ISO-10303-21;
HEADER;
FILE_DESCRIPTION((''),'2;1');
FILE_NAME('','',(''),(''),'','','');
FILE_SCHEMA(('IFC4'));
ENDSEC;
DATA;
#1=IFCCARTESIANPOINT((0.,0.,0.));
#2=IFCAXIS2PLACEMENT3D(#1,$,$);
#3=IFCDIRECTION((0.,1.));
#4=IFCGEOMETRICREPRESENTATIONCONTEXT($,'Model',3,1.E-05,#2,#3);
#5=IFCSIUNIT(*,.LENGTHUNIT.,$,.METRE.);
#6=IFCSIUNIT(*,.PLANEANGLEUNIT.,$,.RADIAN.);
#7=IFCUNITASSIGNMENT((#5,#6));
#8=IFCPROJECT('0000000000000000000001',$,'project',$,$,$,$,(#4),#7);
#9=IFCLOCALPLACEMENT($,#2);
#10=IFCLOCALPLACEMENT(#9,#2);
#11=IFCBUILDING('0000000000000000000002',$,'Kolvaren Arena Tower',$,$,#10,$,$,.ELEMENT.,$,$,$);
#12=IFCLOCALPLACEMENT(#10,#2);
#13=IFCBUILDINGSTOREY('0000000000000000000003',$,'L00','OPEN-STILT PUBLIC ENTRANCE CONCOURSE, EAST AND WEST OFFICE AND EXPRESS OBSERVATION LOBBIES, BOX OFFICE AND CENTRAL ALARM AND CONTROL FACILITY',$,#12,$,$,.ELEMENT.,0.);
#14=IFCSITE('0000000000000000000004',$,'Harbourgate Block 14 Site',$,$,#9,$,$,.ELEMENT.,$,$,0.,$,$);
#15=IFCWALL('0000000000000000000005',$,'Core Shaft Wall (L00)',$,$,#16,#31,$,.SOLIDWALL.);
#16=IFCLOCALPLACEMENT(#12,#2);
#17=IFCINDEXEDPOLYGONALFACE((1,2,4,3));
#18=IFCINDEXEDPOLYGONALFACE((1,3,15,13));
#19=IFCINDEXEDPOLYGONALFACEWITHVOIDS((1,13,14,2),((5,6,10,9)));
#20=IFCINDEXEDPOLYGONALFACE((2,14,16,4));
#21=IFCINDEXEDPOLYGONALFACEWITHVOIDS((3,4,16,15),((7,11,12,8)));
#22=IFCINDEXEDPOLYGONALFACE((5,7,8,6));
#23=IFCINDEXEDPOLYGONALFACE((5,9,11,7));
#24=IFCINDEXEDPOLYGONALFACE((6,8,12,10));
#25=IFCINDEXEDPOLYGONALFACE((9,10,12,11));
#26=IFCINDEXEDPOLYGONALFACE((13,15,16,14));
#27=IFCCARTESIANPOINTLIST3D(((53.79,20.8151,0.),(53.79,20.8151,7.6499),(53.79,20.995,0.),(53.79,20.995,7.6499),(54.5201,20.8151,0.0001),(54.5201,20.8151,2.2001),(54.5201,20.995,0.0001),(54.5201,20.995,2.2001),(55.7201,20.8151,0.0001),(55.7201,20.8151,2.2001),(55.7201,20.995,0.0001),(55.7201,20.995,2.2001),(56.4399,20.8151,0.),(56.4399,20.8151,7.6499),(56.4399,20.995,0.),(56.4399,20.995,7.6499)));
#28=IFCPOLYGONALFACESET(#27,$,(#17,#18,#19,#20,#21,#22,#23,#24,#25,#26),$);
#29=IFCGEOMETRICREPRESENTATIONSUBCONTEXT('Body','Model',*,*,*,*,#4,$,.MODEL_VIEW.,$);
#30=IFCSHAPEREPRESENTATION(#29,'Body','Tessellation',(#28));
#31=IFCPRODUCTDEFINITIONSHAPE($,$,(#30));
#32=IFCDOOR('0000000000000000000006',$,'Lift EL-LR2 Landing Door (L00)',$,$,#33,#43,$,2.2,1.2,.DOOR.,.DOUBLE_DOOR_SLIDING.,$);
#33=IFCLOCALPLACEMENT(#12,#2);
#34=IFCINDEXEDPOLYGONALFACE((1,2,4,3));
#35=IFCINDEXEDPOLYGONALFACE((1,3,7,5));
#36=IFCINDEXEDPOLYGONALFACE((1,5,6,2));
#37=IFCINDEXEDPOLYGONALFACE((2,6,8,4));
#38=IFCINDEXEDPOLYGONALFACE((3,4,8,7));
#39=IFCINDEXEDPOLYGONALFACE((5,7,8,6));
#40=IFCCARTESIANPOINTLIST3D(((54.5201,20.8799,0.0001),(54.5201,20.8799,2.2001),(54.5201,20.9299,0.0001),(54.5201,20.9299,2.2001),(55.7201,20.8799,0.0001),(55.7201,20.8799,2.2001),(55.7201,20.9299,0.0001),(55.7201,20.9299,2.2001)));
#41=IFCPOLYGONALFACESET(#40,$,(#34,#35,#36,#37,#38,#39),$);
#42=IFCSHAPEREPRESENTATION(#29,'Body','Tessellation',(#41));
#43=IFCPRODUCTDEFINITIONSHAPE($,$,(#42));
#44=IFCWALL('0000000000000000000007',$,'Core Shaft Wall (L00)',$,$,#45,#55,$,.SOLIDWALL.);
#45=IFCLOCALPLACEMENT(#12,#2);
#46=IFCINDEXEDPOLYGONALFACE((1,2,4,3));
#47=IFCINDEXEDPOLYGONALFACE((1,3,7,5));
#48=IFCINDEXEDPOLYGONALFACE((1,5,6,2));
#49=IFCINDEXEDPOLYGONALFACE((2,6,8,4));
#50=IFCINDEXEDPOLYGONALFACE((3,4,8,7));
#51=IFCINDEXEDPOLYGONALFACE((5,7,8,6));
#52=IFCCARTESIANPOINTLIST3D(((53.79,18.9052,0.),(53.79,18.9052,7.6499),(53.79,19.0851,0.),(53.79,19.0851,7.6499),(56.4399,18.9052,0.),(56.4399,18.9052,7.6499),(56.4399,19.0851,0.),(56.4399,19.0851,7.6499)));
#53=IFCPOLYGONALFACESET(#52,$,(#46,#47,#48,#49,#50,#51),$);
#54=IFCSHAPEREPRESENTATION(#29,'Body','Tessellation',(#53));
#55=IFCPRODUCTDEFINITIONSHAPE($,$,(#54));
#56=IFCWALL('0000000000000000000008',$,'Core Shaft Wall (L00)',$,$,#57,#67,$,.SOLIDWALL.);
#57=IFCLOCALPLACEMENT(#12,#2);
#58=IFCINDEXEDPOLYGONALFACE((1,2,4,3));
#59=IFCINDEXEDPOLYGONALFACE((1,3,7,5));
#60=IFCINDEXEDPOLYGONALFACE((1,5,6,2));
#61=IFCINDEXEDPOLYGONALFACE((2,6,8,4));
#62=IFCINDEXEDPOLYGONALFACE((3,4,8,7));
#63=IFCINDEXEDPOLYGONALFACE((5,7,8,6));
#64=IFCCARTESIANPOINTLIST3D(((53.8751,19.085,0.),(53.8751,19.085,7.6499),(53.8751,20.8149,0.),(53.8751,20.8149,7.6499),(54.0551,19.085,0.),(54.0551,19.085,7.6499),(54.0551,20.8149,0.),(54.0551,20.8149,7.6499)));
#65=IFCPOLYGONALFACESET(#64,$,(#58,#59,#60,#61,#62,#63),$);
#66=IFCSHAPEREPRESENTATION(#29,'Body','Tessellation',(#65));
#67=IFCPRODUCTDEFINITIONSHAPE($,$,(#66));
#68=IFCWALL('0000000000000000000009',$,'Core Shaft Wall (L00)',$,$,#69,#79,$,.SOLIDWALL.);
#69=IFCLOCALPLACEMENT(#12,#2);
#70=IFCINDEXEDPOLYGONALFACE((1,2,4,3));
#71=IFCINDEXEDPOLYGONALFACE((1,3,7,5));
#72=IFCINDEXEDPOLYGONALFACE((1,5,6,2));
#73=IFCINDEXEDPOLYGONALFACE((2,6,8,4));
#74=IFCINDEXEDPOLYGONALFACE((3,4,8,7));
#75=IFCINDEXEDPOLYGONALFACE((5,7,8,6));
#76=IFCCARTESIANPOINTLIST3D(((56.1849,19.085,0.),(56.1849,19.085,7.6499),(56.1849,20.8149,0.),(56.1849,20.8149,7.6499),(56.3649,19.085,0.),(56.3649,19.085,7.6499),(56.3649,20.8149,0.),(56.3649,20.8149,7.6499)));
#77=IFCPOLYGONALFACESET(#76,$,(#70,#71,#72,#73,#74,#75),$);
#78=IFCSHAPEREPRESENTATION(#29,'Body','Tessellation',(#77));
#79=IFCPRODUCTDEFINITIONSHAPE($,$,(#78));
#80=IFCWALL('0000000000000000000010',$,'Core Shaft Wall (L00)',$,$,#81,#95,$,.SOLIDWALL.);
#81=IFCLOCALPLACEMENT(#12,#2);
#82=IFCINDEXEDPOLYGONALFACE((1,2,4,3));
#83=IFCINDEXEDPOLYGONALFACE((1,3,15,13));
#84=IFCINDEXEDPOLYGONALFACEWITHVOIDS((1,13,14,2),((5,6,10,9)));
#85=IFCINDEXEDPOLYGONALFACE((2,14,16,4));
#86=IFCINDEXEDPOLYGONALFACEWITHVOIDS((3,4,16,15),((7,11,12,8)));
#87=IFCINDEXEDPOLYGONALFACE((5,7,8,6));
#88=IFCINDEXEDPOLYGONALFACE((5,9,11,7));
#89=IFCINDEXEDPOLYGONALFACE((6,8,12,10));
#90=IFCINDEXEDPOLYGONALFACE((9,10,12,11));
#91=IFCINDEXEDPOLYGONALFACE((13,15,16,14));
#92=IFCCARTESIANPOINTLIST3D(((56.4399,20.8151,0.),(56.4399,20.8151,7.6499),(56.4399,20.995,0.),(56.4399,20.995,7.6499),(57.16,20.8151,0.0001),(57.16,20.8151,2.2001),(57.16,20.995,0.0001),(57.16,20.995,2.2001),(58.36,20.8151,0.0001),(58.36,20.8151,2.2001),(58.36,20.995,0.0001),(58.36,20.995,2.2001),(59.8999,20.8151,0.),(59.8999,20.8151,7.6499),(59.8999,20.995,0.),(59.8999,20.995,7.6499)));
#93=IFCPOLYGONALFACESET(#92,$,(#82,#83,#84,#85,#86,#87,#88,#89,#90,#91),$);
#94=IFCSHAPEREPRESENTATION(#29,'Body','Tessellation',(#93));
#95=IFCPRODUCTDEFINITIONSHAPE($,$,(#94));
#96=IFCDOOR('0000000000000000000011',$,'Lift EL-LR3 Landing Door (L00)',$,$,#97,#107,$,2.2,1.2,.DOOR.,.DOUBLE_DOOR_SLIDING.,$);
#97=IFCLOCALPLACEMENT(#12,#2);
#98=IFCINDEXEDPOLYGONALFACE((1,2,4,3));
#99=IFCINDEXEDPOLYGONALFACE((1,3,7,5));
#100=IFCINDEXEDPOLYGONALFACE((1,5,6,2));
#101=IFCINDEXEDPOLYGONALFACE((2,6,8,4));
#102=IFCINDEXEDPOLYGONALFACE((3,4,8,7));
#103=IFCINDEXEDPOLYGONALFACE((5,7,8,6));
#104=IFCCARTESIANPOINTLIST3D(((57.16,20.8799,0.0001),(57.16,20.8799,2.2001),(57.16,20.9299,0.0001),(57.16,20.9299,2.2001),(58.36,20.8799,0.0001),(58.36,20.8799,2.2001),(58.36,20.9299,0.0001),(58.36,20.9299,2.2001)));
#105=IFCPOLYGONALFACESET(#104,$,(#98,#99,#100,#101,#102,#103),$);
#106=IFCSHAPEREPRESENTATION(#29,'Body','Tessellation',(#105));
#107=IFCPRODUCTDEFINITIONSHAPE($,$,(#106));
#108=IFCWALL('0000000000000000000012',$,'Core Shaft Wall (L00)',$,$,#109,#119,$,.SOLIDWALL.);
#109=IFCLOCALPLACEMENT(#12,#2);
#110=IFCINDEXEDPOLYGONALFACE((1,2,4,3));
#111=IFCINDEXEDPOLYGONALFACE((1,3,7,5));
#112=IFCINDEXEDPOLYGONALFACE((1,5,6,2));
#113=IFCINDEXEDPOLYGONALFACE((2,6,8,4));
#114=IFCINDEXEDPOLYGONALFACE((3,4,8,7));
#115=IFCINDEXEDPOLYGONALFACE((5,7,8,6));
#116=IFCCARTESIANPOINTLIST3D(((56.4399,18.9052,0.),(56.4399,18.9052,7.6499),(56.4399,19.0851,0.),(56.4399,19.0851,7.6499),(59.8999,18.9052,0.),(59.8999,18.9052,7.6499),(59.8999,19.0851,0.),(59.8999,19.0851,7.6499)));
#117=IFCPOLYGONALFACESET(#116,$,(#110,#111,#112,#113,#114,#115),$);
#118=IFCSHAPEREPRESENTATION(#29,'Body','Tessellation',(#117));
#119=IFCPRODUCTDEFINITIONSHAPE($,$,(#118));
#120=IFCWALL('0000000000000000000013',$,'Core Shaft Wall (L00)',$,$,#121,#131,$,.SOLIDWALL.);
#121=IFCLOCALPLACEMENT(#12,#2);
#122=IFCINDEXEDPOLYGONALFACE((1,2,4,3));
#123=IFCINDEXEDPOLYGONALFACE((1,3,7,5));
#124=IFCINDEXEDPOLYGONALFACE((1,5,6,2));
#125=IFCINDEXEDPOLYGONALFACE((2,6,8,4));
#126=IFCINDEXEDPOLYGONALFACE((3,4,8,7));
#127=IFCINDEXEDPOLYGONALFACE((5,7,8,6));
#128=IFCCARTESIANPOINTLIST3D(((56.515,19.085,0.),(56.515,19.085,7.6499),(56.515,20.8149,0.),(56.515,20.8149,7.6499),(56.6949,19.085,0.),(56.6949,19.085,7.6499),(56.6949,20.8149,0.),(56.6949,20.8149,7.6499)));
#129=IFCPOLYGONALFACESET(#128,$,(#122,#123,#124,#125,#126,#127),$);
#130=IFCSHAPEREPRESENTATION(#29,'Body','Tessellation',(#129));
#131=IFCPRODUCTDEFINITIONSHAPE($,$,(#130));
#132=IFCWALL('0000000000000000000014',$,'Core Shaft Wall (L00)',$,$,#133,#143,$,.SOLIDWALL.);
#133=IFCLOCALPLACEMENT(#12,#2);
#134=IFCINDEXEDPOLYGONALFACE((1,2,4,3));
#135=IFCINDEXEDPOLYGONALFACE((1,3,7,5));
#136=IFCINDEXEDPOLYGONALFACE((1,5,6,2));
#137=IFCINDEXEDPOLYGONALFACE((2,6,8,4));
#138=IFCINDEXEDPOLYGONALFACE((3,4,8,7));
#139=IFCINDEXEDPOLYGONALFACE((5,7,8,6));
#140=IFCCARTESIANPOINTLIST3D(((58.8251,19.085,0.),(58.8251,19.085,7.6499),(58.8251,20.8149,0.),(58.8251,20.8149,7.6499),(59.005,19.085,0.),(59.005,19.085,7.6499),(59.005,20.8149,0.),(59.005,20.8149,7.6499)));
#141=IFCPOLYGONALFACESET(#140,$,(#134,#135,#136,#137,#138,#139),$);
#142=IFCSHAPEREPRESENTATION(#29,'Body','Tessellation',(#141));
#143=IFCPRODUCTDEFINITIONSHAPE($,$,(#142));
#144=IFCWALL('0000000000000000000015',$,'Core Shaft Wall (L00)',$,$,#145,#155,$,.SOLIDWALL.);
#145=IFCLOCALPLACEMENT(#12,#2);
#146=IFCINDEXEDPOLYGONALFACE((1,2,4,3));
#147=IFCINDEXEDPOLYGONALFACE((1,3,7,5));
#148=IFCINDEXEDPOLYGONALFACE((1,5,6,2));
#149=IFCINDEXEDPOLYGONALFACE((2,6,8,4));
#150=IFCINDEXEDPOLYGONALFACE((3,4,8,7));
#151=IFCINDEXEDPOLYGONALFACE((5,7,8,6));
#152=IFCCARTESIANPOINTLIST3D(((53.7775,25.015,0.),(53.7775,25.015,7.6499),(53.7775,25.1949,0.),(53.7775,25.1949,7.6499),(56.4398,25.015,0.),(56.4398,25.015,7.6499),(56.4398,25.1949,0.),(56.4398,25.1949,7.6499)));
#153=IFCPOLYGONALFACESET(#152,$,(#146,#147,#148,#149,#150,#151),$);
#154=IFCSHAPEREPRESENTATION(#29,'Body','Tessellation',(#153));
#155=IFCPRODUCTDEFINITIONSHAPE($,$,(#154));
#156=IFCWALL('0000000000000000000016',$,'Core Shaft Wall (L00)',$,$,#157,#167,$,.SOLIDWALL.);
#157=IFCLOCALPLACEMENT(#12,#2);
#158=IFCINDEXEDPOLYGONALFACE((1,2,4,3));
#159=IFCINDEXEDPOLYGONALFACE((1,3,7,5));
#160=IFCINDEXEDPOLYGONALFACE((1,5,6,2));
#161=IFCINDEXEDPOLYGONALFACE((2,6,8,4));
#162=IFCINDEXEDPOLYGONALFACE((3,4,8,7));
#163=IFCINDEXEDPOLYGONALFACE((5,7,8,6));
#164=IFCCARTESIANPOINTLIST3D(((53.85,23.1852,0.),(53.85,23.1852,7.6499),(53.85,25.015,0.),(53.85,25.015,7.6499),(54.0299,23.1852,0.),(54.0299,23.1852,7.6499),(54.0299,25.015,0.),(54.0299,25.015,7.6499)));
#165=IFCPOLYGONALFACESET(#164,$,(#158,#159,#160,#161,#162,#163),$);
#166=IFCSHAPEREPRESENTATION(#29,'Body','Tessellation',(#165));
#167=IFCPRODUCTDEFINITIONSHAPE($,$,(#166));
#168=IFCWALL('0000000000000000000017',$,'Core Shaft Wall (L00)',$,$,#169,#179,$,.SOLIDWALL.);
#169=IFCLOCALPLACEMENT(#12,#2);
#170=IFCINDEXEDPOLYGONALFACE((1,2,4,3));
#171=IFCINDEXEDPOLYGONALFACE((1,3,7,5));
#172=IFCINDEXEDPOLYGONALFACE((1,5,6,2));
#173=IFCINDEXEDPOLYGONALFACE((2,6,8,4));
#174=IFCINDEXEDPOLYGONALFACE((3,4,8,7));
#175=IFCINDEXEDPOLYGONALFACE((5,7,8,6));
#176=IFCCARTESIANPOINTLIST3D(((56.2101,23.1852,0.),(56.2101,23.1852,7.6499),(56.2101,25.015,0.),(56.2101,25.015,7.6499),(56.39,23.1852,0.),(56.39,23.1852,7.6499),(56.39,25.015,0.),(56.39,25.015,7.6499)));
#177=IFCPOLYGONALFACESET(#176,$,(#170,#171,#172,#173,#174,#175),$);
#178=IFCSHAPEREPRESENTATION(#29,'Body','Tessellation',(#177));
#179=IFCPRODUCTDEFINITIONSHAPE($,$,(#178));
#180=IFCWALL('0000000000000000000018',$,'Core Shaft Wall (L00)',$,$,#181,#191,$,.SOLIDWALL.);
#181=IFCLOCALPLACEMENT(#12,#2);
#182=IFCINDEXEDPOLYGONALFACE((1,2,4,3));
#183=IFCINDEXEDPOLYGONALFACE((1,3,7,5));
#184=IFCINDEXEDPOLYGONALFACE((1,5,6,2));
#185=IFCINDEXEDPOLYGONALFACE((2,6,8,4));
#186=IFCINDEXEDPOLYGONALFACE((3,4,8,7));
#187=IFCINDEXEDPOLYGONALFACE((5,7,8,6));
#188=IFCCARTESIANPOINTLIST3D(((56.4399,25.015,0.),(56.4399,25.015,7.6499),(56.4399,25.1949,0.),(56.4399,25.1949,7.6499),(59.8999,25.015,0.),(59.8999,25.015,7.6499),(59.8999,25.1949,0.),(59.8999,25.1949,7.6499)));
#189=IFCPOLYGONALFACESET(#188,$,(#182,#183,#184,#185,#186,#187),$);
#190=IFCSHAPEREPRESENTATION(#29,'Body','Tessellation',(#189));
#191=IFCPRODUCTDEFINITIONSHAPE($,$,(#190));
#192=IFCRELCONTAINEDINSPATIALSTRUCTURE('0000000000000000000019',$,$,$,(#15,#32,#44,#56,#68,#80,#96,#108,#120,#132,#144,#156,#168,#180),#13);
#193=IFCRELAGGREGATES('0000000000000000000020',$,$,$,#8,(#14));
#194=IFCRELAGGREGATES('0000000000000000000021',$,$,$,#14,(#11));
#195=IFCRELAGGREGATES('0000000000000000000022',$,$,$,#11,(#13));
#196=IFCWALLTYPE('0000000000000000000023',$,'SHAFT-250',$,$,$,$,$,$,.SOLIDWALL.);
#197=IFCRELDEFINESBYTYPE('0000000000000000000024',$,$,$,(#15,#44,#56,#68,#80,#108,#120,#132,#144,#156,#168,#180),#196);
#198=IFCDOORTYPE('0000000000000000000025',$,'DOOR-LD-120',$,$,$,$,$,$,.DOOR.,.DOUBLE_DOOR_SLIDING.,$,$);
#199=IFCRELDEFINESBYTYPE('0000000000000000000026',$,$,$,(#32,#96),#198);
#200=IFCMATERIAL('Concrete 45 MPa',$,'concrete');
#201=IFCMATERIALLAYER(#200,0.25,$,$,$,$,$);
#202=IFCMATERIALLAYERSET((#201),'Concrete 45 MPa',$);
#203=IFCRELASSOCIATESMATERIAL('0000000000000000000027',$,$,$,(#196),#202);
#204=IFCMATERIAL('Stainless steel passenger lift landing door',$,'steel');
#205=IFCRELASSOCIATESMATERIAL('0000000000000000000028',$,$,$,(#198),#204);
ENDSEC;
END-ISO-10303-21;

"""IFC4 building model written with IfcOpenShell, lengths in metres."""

from ifc_helpers import new_model, si_unit, direction, frame, frame_2d, origin, place, context, subcontext, project, spatial, rectangle, extrude, material, layer, layer_set, type_object, element, fill, save


model = new_model("IFC4")

# Units and contexts
model_context = context("Model", 3, precision=1e-05, world=origin(), true_north=direction((0.0, 1.0)))
body_context = subcontext(model_context, "Body", "Model", "MODEL_VIEW")
ifc_project = project(units=[si_unit("LENGTHUNIT", "METRE"), si_unit("PLANEANGLEUNIT", "RADIAN")], contexts=[model_context])

# Site, building, storey
site_placement = place(None, origin())
site = spatial("IfcSite", under=ifc_project, at=site_placement, Name="Harbourgate Block 14 Site", CompositionType="ELEMENT", RefElevation=0.0)
building_placement = place(site_placement, origin())
building = spatial("IfcBuilding", under=site, at=building_placement, Name="Kolvaren Arena Tower", CompositionType="ELEMENT")
storey_placement = place(building_placement, origin())
storey = spatial("IfcBuildingStorey", under=building, at=storey_placement, Name="L00", Description="OPEN-STILT PUBLIC ENTRANCE CONCOURSE, EAST AND WEST OFFICE AND EXPRESS OBSERVATION LOBBIES, BOX OFFICE AND CENTRAL ALARM AND CONTROL FACILITY", CompositionType="ELEMENT", Elevation=0.0)

# Wall, opening, door
ifc_material_1 = material(Name="Concrete 45 MPa", Category="concrete")
ifc_layer_1 = layer(ifc_material_1, 0.25)
ifc_layer_set_1 = layer_set([ifc_layer_1], Name="Concrete 45 MPa")
wall_type_1 = type_object("IfcWallType", Name="SHAFT-250", PredefinedType="SOLIDWALL", material=ifc_layer_set_1)
wall_1_placement = place(storey_placement, frame((53.79, 20.905, 0.0), z_axis=(0.0, 0.0, 1.0), x_axis=(1.0, 0.0, 0.0)))
wall_1 = element("IfcWall", 1, at=wall_1_placement, inside=storey, type_object=wall_type_1, Name="Core Shaft Wall (L00)", PredefinedType="SOLIDWALL", context=body_context, shape_type="SweptSolid", body=[
    extrude(rectangle(XDim=2.6499, YDim=0.1799, at=frame_2d((1.325, 0.0))), origin(), (0.0, 0.0, 1.0), 7.6499),
])
opening_1_placement = place(wall_1_placement, frame((0.73, 0.0, 0.0)))
opening_1 = element("IfcOpeningElement", 2, at=opening_1_placement, cuts=wall_1, PredefinedType="OPENING", context=body_context, shape_type="SweptSolid", body=[
    extrude(rectangle(XDim=1.2, YDim=2.2, at=frame_2d((0.6001, 1.1001))), frame((0.0, 0.0999, 0.0), z_axis=(0.0, -1.0, 0.0), x_axis=(1.0, 0.0, 0.0)), (0.0, 0.0, 1.0), 0.2),
])
ifc_material_2 = material(Name="Stainless steel passenger lift landing door", Category="steel")
door_type = type_object("IfcDoorType", Name="DOOR-LD-120", OperationType="DOUBLE_DOOR_SLIDING", PredefinedType="DOOR", material=ifc_material_2)
door_1_placement = place(opening_1_placement, origin())
door_1 = element("IfcDoor", 3, at=door_1_placement, inside=storey, type_object=door_type, Name="Lift EL-LR2 Landing Door (L00)", OperationType="DOUBLE_DOOR_SLIDING", OverallHeight=2.2, OverallWidth=1.2, PredefinedType="DOOR", context=body_context, shape_type="SweptSolid", body=[
    extrude(rectangle(XDim=1.2, YDim=2.2, at=frame_2d((0.6001, 1.1001))), frame((0.0, 0.0249, 0.0), z_axis=(0.0, -1.0, 0.0), x_axis=(1.0, 0.0, 0.0)), (0.0, 0.0, 1.0), 0.05),
])
fill(opening_1, door_1)

# Walls
wall_2_placement = place(storey_placement, frame((53.79, 18.9951, 0.0), z_axis=(0.0, 0.0, 1.0), x_axis=(1.0, 0.0, 0.0)))
element("IfcWall", 4, at=wall_2_placement, inside=storey, type_object=wall_type_1, Name="Core Shaft Wall (L00)", PredefinedType="SOLIDWALL", context=body_context, shape_type="SweptSolid", body=[
    extrude(rectangle(XDim=2.6499, YDim=0.1799, at=frame_2d((1.325, 0.0))), origin(), (0.0, 0.0, 1.0), 7.6499),
])
for number, where, z_axis, x_axis, name in (
    (5, (53.9651, 19.085, 0.0), (0.0, 0.0, 1.0), (0.0, 1.0, 0.0), "Core Shaft Wall (L00)"),
    (6, (56.2749, 19.085, 0.0), (0.0, 0.0, 1.0), (0.0, 1.0, 0.0), "Core Shaft Wall (L00)"),
):
    element("IfcWall", number, at=place(storey_placement, frame(where, z_axis=z_axis, x_axis=x_axis)), inside=storey, type_object=wall_type_1, Name=name, PredefinedType="SOLIDWALL", context=body_context, shape_type="SweptSolid", body=[
        extrude(rectangle(XDim=1.73, YDim=0.1799, at=frame_2d((0.865, 0.0))), origin(), (0.0, 0.0, 1.0), 7.6499),
    ])

# Wall, opening, door
wall_3_placement = place(storey_placement, frame((56.4399, 20.905, 0.0), z_axis=(0.0, 0.0, 1.0), x_axis=(1.0, 0.0, 0.0)))
wall_3 = element("IfcWall", 7, at=wall_3_placement, inside=storey, type_object=wall_type_1, Name="Core Shaft Wall (L00)", PredefinedType="SOLIDWALL", context=body_context, shape_type="SweptSolid", body=[
    extrude(rectangle(XDim=3.46, YDim=0.1799, at=frame_2d((1.73, 0.0))), origin(), (0.0, 0.0, 1.0), 7.6499),
])
opening_2_placement = place(wall_3_placement, frame((0.72, 0.0, 0.0)))
opening_2 = element("IfcOpeningElement", 8, at=opening_2_placement, cuts=wall_3, PredefinedType="OPENING", context=body_context, shape_type="SweptSolid", body=[
    extrude(rectangle(XDim=1.2, YDim=2.2, at=frame_2d((0.6001, 1.1001))), frame((0.0, 0.0999, 0.0), z_axis=(0.0, -1.0, 0.0), x_axis=(1.0, 0.0, 0.0)), (0.0, 0.0, 1.0), 0.2),
])
door_2_placement = place(opening_2_placement, origin())
door_2 = element("IfcDoor", 9, at=door_2_placement, inside=storey, type_object=door_type, Name="Lift EL-LR3 Landing Door (L00)", OperationType="DOUBLE_DOOR_SLIDING", OverallHeight=2.2, OverallWidth=1.2, PredefinedType="DOOR", context=body_context, shape_type="SweptSolid", body=[
    extrude(rectangle(XDim=1.2, YDim=2.2, at=frame_2d((0.6001, 1.1001))), frame((0.0, 0.0249, 0.0), z_axis=(0.0, -1.0, 0.0), x_axis=(1.0, 0.0, 0.0)), (0.0, 0.0, 1.0), 0.05),
])
fill(opening_2, door_2)

# Walls
wall_4_placement = place(storey_placement, frame((56.4399, 18.9951, 0.0), z_axis=(0.0, 0.0, 1.0), x_axis=(1.0, 0.0, 0.0)))
element("IfcWall", 10, at=wall_4_placement, inside=storey, type_object=wall_type_1, Name="Core Shaft Wall (L00)", PredefinedType="SOLIDWALL", context=body_context, shape_type="SweptSolid", body=[
    extrude(rectangle(XDim=3.46, YDim=0.1799, at=frame_2d((1.73, 0.0))), origin(), (0.0, 0.0, 1.0), 7.6499),
])
for number, where, z_axis, x_axis, name in (
    (11, (56.605, 19.085, 0.0), (0.0, 0.0, 1.0), (0.0, 1.0, 0.0), "Core Shaft Wall (L00)"),
    (12, (58.915, 19.085, 0.0), (0.0, 0.0, 1.0), (0.0, 1.0, 0.0), "Core Shaft Wall (L00)"),
):
    element("IfcWall", number, at=place(storey_placement, frame(where, z_axis=z_axis, x_axis=x_axis)), inside=storey, type_object=wall_type_1, Name=name, PredefinedType="SOLIDWALL", context=body_context, shape_type="SweptSolid", body=[
        extrude(rectangle(XDim=1.73, YDim=0.1799, at=frame_2d((0.865, 0.0))), origin(), (0.0, 0.0, 1.0), 7.6499),
    ])
wall_5_placement = place(storey_placement, frame((53.7776, 25.105, 0.0), z_axis=(0.0, 0.0, 1.0), x_axis=(1.0, 0.0, 0.0)))
element("IfcWall", 13, at=wall_5_placement, inside=storey, type_object=wall_type_1, Name="Core Shaft Wall (L00)", PredefinedType="SOLIDWALL", context=body_context, shape_type="SweptSolid", body=[
    extrude(rectangle(XDim=2.6624, YDim=0.1799, at=frame_2d((1.3311, 0.0))), origin(), (0.0, 0.0, 1.0), 7.6499),
])
for number, where, z_axis, x_axis, name in (
    (14, (53.9399, 23.1851, 0.0), (0.0, 0.0, 1.0), (0.0, 1.0, 0.0), "Core Shaft Wall (L00)"),
    (15, (56.3, 23.1851, 0.0), (0.0, 0.0, 1.0), (0.0, 1.0, 0.0), "Core Shaft Wall (L00)"),
):
    element("IfcWall", number, at=place(storey_placement, frame(where, z_axis=z_axis, x_axis=x_axis)), inside=storey, type_object=wall_type_1, Name=name, PredefinedType="SOLIDWALL", context=body_context, shape_type="SweptSolid", body=[
        extrude(rectangle(XDim=1.8298, YDim=0.1799, at=frame_2d((0.915, 0.0))), origin(), (0.0, 0.0, 1.0), 7.6499),
    ])
wall_6_placement = place(storey_placement, frame((56.4399, 25.105, 0.0), z_axis=(0.0, 0.0, 1.0), x_axis=(1.0, 0.0, 0.0)))
element("IfcWall", 16, at=wall_6_placement, inside=storey, type_object=wall_type_1, Name="Core Shaft Wall (L00)", PredefinedType="SOLIDWALL", context=body_context, shape_type="SweptSolid", body=[
    extrude(rectangle(XDim=3.46, YDim=0.1799, at=frame_2d((1.73, 0.0))), origin(), (0.0, 0.0, 1.0), 7.6499),
])

save(model, "model.ifc")
